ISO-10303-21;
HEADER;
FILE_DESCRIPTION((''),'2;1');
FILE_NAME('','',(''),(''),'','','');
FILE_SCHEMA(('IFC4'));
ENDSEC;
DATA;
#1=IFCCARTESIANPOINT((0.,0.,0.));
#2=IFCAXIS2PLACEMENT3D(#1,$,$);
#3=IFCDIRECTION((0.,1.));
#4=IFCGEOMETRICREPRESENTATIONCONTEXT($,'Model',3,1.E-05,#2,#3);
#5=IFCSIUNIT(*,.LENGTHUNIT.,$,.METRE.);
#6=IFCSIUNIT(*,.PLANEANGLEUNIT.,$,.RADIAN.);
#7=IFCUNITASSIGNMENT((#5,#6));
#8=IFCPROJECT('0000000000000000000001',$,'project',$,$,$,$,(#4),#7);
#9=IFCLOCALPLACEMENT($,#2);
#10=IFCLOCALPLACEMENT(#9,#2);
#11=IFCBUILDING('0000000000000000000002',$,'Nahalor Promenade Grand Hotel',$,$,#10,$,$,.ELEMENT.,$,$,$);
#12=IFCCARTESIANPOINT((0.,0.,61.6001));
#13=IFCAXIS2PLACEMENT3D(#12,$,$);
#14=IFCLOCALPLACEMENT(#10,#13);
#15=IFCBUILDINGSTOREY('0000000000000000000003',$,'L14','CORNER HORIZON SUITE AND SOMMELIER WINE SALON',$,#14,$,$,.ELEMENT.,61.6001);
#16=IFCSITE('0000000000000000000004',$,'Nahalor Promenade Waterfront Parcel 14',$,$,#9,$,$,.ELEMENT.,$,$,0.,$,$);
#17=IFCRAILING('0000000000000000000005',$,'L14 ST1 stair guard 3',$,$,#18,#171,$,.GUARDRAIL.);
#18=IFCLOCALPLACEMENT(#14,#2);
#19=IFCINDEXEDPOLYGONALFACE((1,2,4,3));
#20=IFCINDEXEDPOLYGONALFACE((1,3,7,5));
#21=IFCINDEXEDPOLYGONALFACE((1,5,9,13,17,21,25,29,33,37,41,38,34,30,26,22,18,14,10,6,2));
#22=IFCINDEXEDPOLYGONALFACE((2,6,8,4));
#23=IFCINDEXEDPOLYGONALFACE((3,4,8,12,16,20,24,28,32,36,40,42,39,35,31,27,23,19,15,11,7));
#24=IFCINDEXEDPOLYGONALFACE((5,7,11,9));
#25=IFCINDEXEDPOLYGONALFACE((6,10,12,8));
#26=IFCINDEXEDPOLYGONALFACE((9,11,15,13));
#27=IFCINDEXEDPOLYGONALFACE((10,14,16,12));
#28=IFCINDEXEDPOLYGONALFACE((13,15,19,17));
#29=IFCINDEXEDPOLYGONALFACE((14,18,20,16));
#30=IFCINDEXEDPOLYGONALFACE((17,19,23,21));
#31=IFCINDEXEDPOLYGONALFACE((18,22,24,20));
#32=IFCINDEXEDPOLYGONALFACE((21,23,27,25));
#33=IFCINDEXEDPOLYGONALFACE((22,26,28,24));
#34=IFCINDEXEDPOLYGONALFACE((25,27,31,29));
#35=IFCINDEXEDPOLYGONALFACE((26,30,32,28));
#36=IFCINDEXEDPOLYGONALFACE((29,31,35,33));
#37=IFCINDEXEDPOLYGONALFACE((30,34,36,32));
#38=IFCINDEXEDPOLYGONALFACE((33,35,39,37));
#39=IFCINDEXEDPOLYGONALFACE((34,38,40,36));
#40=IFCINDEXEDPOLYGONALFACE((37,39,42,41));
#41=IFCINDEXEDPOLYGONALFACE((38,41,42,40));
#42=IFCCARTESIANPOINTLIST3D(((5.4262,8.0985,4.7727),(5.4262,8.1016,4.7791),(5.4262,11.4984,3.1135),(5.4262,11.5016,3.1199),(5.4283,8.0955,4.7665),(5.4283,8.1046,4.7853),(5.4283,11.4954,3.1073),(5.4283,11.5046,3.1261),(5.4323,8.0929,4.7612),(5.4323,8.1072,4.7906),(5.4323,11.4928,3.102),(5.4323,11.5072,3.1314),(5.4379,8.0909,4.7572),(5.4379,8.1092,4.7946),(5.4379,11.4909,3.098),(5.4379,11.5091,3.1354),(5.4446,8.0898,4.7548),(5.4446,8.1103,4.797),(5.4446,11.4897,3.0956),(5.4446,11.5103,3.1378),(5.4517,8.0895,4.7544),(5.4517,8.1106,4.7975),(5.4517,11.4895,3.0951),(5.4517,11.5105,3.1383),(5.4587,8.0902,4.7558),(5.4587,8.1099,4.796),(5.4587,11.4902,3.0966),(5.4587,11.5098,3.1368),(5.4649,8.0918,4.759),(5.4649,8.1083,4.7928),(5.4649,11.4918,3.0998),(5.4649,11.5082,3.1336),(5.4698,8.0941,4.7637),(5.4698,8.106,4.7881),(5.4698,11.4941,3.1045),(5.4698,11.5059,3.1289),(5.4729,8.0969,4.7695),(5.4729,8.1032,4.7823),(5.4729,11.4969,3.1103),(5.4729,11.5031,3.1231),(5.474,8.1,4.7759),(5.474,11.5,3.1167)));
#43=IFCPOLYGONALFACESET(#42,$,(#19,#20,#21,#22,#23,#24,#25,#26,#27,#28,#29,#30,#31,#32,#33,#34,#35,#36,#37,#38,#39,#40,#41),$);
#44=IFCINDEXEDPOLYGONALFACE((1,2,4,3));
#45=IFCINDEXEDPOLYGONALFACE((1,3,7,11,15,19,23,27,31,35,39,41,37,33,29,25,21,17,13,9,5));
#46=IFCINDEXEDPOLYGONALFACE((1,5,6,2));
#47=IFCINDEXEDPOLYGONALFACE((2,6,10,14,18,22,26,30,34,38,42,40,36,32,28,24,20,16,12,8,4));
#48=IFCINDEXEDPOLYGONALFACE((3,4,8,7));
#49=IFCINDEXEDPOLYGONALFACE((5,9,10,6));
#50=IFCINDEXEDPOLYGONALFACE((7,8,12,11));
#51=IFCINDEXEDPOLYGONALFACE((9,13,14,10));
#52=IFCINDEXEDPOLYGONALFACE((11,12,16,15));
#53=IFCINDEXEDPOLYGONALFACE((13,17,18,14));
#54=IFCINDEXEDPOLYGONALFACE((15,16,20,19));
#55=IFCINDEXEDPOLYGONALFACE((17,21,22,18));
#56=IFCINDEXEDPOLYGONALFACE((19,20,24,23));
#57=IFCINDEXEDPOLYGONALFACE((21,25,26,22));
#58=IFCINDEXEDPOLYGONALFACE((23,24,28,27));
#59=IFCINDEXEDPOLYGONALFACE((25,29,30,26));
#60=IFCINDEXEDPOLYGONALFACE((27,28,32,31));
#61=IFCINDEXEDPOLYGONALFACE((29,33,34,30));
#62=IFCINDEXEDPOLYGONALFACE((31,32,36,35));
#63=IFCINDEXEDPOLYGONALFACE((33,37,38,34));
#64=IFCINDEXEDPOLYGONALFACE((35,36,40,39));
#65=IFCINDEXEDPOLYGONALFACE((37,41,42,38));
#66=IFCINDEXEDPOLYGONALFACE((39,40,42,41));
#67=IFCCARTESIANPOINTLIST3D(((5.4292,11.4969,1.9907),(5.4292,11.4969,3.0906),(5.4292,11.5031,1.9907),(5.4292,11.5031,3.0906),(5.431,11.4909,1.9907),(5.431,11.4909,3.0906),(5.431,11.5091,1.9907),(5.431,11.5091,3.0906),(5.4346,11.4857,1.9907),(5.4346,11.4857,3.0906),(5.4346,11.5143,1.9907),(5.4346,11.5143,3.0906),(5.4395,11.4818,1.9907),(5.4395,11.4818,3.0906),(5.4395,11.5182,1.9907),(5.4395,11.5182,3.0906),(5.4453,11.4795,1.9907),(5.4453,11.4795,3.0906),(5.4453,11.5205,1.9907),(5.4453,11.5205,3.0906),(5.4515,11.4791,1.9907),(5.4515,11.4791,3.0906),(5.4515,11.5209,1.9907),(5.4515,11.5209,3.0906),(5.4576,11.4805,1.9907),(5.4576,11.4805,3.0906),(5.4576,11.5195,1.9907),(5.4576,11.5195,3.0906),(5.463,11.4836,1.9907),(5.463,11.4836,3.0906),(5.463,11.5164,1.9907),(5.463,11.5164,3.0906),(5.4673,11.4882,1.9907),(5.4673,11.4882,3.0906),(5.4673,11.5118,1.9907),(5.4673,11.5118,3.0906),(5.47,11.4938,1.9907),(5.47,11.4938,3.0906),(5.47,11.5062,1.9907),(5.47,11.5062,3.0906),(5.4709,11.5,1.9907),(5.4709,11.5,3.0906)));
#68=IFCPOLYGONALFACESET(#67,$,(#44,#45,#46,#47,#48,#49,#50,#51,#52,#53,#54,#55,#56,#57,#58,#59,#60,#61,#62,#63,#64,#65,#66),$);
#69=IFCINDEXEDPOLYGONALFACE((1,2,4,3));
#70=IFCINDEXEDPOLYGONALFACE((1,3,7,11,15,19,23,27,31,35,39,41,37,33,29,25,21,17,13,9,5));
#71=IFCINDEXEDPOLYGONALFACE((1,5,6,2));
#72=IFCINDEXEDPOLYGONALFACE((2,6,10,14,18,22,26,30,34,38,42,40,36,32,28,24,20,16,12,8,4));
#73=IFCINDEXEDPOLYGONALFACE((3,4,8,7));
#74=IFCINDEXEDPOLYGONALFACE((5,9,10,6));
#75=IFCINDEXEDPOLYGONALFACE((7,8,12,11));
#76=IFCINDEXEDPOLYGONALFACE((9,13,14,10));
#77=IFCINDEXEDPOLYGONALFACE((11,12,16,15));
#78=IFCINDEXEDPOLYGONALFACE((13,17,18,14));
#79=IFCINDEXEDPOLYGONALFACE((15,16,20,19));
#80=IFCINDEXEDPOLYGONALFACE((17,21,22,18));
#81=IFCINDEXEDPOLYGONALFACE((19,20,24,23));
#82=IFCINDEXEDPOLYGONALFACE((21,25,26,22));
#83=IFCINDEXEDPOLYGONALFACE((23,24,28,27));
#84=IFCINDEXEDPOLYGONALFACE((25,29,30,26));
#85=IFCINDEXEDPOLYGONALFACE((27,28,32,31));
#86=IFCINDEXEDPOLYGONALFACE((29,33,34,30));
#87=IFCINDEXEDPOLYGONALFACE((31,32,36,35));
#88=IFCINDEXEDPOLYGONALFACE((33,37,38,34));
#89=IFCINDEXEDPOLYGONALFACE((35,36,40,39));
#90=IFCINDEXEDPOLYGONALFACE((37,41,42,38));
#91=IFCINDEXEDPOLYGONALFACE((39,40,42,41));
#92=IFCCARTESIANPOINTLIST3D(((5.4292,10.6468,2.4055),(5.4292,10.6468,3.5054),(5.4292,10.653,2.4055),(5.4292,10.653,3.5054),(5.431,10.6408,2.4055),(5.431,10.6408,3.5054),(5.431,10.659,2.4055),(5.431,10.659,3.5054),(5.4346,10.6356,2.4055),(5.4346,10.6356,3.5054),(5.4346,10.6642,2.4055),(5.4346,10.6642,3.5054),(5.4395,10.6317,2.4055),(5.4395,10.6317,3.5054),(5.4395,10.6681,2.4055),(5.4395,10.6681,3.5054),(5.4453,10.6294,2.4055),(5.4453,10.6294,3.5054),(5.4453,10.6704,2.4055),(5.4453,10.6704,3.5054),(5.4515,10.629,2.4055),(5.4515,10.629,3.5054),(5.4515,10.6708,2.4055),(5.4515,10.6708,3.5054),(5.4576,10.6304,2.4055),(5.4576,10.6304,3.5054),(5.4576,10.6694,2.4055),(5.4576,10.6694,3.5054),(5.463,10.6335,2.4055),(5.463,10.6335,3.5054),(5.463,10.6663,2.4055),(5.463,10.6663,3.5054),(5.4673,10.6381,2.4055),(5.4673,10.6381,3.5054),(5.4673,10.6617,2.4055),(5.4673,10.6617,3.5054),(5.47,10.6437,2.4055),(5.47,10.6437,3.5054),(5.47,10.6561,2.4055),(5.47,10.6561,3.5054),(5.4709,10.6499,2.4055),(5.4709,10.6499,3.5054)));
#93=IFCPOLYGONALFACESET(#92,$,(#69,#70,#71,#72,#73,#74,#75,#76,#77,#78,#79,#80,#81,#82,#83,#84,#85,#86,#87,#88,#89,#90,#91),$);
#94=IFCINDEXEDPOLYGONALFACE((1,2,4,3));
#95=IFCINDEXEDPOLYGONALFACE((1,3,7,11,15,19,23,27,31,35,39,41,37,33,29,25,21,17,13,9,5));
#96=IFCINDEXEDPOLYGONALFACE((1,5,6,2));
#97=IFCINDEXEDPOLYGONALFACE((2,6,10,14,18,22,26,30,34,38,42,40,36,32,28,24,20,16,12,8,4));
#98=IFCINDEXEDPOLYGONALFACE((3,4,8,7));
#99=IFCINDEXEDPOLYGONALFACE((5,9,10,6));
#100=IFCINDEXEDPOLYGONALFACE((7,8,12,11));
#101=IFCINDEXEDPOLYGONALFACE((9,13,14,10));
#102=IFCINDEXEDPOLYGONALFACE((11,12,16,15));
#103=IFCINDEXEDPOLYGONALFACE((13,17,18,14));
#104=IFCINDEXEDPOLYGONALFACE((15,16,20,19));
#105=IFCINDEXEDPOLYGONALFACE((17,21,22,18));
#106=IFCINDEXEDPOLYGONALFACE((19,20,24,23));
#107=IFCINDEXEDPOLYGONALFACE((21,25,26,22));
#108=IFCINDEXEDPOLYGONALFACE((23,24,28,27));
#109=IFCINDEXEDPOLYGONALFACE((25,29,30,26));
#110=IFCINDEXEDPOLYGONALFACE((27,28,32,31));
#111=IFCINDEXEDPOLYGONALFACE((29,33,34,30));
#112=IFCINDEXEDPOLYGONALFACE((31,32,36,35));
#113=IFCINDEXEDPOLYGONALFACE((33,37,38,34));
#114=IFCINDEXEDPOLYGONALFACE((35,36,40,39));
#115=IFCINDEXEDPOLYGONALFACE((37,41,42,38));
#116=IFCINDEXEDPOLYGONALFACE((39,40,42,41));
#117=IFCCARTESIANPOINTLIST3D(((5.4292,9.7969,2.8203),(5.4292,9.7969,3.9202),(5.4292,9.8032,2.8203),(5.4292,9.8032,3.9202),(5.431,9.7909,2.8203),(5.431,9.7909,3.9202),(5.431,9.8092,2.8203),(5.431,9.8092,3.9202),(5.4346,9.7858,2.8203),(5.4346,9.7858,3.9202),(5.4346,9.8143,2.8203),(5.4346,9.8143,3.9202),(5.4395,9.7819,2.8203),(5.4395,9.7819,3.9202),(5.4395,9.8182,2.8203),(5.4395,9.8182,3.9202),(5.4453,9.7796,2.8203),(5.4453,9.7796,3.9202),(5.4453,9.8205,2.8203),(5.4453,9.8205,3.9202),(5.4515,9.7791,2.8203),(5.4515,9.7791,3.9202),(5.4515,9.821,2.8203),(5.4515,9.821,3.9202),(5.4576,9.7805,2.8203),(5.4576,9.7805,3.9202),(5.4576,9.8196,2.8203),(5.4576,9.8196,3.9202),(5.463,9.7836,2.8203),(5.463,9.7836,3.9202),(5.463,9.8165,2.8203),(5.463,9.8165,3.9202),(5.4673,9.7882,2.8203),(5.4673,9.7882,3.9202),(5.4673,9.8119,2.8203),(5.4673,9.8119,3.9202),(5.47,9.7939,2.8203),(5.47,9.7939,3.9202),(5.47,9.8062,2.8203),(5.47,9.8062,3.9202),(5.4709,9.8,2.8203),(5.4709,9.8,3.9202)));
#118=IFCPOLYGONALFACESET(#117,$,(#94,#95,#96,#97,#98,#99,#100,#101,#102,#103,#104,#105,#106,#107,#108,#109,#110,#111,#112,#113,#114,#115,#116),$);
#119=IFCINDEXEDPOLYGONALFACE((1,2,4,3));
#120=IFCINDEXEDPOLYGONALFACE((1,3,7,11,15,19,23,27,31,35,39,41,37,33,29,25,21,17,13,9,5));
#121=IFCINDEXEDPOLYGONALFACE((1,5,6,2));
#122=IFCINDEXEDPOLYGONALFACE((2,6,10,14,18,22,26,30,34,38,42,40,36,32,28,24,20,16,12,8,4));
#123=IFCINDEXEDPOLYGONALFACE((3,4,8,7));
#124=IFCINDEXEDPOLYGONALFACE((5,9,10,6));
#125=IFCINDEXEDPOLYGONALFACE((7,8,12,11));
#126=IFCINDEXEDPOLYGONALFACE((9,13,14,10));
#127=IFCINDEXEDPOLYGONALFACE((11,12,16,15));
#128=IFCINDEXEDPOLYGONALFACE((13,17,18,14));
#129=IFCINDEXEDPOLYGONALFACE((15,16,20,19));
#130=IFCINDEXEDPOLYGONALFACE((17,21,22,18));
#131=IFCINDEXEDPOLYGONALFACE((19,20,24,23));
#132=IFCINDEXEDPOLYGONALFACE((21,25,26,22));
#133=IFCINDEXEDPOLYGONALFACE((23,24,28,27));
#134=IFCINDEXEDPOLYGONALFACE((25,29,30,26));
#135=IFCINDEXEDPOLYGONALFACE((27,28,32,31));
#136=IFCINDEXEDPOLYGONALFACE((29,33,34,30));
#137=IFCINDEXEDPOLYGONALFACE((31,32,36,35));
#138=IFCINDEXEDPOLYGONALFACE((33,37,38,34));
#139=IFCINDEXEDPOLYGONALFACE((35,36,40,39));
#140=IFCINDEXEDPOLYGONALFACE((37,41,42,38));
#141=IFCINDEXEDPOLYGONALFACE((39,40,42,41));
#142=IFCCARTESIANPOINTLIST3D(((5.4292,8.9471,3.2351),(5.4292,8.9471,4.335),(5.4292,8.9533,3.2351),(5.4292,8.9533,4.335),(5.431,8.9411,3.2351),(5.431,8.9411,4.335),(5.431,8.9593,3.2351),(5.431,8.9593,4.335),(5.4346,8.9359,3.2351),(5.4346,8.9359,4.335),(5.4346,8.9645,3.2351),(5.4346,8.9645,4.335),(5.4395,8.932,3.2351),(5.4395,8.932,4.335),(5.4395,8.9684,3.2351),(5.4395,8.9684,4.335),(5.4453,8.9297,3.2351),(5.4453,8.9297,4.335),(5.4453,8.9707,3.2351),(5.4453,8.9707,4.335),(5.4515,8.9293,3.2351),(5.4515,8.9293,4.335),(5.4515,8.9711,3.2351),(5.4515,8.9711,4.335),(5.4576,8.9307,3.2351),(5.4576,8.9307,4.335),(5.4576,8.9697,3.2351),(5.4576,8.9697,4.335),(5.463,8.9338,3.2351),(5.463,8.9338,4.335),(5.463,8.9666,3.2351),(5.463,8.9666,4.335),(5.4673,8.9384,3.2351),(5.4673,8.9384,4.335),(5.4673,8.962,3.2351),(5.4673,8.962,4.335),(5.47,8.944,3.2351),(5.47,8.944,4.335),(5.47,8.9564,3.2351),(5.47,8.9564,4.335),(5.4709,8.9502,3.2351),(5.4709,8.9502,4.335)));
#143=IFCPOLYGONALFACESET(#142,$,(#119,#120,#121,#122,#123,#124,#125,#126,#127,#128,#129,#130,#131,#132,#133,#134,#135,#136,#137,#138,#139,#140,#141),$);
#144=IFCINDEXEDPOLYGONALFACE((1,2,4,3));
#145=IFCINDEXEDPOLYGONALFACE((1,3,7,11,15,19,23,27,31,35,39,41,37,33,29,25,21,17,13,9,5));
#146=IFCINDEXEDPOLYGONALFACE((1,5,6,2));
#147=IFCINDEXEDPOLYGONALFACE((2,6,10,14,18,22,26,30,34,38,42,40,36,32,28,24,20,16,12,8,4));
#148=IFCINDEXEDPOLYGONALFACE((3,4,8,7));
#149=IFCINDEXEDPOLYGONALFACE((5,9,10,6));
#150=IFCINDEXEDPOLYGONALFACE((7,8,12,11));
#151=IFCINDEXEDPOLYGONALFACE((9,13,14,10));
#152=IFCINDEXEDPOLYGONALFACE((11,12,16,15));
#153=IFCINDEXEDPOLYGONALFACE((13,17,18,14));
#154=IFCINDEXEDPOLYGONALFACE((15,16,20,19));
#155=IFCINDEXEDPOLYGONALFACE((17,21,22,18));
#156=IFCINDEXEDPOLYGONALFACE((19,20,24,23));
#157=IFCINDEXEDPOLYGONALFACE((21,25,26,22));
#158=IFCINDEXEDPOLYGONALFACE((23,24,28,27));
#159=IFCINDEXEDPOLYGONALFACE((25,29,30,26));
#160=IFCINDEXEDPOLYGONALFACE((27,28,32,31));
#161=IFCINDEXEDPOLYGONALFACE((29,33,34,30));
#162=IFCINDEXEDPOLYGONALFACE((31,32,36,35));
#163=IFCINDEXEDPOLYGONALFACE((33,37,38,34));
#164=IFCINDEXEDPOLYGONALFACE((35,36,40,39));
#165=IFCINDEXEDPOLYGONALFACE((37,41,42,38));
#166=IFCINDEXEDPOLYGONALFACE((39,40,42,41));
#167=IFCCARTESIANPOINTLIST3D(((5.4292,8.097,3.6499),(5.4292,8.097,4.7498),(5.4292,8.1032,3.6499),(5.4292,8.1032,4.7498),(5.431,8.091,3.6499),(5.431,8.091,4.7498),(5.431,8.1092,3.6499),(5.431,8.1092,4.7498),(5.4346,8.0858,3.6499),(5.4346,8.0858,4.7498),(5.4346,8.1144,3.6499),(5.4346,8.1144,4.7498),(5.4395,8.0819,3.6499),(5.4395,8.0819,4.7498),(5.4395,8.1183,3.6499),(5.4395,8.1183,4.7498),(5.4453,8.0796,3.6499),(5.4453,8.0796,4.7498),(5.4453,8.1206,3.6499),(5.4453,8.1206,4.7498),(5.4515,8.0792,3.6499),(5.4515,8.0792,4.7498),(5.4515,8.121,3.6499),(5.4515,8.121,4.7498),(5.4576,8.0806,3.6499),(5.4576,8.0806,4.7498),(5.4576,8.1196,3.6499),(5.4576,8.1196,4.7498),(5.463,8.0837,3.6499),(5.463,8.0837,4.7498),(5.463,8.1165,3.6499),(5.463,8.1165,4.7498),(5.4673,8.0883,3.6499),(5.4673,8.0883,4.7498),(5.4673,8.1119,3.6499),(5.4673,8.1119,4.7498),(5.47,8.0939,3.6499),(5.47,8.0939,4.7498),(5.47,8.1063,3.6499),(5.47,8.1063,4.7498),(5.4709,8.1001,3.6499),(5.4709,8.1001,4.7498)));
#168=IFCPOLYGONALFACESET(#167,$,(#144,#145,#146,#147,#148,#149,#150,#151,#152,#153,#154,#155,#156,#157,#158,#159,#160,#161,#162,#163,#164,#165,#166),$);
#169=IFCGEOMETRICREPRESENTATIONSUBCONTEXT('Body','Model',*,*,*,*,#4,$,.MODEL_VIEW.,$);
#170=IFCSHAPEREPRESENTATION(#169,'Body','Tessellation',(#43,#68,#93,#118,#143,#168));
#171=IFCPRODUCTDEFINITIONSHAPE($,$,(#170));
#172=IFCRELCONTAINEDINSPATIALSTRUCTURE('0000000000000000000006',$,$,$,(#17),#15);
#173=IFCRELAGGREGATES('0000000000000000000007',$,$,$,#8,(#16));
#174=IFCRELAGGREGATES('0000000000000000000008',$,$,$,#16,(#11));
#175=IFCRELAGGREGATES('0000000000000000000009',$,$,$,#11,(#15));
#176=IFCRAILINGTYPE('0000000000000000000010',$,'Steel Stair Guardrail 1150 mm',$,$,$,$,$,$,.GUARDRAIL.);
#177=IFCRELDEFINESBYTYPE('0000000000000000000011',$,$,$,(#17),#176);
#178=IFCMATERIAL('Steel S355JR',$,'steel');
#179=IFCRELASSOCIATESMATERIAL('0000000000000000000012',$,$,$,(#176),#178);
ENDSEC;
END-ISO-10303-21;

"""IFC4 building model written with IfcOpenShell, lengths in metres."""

from ifc_helpers import new_model, si_unit, direction, frame, origin, origin_2d, place, context, subcontext, project, spatial, circle, extrude, material, type_object, element, save


model = new_model("IFC4")

# Units and contexts
model_context = context("Model", 3, precision=1e-05, world=origin(), true_north=direction((0.0, 1.0)))
body_context = subcontext(model_context, "Body", "Model", "MODEL_VIEW")
ifc_project = project(units=[si_unit("LENGTHUNIT", "METRE"), si_unit("PLANEANGLEUNIT", "RADIAN")], contexts=[model_context])

# Site, building, storey
site_placement = place(None, origin())
site = spatial("IfcSite", under=ifc_project, at=site_placement, Name="Nahalor Promenade Waterfront Parcel 14", CompositionType="ELEMENT", RefElevation=0.0)
building_placement = place(site_placement, origin())
building = spatial("IfcBuilding", under=site, at=building_placement, Name="Nahalor Promenade Grand Hotel", CompositionType="ELEMENT")
storey_placement = place(building_placement, frame((0.0, 0.0, 61.6001)))
storey = spatial("IfcBuildingStorey", under=building, at=storey_placement, Name="L14", Description="CORNER HORIZON SUITE AND SOMMELIER WINE SALON", CompositionType="ELEMENT", Elevation=61.6001)

# Shared definitions
ifc_material_1 = material(Name="Steel S355JR", Category="steel")

# Railing
railing_type_1 = type_object("IfcRailingType", Name="Steel Stair Guardrail 1150 mm", PredefinedType="GUARDRAIL", material=ifc_material_1)
railing_1_placement = place(storey_placement, frame((5.45, 11.5, 1.9907)))
element("IfcRailing", 1, at=railing_1_placement, inside=storey, type_object=railing_type_1, Name="L14 ST1 stair guard 3", PredefinedType="GUARDRAIL", context=body_context, shape_type="SweptSolid", body=[
    extrude(circle(Radius=0.024, at=origin_2d()), frame((0.0, 0.0, 1.126), z_axis=(0.0, -0.898696, 0.438571), x_axis=(1.0, 0.0, 0.0)), (0.0, 0.0, 1.0), 3.7832),
    extrude(circle(Radius=0.021, at=origin_2d()), origin(), (0.0, 0.0, 1.0), 1.0999),
    extrude(circle(Radius=0.021, at=origin_2d()), frame((0.0, -0.8501, 0.4148)), (0.0, 0.0, 1.0), 1.0999),
    extrude(circle(Radius=0.021, at=origin_2d()), frame((0.0, -1.7, 0.8296)), (0.0, 0.0, 1.0), 1.0999),
    extrude(circle(Radius=0.021, at=origin_2d()), frame((0.0, -2.5498, 1.2444)), (0.0, 0.0, 1.0), 1.0999),
    extrude(circle(Radius=0.021, at=origin_2d()), frame((0.0, -3.3999, 1.6592)), (0.0, 0.0, 1.0), 1.0999),
])

save(model, "model.ifc")
